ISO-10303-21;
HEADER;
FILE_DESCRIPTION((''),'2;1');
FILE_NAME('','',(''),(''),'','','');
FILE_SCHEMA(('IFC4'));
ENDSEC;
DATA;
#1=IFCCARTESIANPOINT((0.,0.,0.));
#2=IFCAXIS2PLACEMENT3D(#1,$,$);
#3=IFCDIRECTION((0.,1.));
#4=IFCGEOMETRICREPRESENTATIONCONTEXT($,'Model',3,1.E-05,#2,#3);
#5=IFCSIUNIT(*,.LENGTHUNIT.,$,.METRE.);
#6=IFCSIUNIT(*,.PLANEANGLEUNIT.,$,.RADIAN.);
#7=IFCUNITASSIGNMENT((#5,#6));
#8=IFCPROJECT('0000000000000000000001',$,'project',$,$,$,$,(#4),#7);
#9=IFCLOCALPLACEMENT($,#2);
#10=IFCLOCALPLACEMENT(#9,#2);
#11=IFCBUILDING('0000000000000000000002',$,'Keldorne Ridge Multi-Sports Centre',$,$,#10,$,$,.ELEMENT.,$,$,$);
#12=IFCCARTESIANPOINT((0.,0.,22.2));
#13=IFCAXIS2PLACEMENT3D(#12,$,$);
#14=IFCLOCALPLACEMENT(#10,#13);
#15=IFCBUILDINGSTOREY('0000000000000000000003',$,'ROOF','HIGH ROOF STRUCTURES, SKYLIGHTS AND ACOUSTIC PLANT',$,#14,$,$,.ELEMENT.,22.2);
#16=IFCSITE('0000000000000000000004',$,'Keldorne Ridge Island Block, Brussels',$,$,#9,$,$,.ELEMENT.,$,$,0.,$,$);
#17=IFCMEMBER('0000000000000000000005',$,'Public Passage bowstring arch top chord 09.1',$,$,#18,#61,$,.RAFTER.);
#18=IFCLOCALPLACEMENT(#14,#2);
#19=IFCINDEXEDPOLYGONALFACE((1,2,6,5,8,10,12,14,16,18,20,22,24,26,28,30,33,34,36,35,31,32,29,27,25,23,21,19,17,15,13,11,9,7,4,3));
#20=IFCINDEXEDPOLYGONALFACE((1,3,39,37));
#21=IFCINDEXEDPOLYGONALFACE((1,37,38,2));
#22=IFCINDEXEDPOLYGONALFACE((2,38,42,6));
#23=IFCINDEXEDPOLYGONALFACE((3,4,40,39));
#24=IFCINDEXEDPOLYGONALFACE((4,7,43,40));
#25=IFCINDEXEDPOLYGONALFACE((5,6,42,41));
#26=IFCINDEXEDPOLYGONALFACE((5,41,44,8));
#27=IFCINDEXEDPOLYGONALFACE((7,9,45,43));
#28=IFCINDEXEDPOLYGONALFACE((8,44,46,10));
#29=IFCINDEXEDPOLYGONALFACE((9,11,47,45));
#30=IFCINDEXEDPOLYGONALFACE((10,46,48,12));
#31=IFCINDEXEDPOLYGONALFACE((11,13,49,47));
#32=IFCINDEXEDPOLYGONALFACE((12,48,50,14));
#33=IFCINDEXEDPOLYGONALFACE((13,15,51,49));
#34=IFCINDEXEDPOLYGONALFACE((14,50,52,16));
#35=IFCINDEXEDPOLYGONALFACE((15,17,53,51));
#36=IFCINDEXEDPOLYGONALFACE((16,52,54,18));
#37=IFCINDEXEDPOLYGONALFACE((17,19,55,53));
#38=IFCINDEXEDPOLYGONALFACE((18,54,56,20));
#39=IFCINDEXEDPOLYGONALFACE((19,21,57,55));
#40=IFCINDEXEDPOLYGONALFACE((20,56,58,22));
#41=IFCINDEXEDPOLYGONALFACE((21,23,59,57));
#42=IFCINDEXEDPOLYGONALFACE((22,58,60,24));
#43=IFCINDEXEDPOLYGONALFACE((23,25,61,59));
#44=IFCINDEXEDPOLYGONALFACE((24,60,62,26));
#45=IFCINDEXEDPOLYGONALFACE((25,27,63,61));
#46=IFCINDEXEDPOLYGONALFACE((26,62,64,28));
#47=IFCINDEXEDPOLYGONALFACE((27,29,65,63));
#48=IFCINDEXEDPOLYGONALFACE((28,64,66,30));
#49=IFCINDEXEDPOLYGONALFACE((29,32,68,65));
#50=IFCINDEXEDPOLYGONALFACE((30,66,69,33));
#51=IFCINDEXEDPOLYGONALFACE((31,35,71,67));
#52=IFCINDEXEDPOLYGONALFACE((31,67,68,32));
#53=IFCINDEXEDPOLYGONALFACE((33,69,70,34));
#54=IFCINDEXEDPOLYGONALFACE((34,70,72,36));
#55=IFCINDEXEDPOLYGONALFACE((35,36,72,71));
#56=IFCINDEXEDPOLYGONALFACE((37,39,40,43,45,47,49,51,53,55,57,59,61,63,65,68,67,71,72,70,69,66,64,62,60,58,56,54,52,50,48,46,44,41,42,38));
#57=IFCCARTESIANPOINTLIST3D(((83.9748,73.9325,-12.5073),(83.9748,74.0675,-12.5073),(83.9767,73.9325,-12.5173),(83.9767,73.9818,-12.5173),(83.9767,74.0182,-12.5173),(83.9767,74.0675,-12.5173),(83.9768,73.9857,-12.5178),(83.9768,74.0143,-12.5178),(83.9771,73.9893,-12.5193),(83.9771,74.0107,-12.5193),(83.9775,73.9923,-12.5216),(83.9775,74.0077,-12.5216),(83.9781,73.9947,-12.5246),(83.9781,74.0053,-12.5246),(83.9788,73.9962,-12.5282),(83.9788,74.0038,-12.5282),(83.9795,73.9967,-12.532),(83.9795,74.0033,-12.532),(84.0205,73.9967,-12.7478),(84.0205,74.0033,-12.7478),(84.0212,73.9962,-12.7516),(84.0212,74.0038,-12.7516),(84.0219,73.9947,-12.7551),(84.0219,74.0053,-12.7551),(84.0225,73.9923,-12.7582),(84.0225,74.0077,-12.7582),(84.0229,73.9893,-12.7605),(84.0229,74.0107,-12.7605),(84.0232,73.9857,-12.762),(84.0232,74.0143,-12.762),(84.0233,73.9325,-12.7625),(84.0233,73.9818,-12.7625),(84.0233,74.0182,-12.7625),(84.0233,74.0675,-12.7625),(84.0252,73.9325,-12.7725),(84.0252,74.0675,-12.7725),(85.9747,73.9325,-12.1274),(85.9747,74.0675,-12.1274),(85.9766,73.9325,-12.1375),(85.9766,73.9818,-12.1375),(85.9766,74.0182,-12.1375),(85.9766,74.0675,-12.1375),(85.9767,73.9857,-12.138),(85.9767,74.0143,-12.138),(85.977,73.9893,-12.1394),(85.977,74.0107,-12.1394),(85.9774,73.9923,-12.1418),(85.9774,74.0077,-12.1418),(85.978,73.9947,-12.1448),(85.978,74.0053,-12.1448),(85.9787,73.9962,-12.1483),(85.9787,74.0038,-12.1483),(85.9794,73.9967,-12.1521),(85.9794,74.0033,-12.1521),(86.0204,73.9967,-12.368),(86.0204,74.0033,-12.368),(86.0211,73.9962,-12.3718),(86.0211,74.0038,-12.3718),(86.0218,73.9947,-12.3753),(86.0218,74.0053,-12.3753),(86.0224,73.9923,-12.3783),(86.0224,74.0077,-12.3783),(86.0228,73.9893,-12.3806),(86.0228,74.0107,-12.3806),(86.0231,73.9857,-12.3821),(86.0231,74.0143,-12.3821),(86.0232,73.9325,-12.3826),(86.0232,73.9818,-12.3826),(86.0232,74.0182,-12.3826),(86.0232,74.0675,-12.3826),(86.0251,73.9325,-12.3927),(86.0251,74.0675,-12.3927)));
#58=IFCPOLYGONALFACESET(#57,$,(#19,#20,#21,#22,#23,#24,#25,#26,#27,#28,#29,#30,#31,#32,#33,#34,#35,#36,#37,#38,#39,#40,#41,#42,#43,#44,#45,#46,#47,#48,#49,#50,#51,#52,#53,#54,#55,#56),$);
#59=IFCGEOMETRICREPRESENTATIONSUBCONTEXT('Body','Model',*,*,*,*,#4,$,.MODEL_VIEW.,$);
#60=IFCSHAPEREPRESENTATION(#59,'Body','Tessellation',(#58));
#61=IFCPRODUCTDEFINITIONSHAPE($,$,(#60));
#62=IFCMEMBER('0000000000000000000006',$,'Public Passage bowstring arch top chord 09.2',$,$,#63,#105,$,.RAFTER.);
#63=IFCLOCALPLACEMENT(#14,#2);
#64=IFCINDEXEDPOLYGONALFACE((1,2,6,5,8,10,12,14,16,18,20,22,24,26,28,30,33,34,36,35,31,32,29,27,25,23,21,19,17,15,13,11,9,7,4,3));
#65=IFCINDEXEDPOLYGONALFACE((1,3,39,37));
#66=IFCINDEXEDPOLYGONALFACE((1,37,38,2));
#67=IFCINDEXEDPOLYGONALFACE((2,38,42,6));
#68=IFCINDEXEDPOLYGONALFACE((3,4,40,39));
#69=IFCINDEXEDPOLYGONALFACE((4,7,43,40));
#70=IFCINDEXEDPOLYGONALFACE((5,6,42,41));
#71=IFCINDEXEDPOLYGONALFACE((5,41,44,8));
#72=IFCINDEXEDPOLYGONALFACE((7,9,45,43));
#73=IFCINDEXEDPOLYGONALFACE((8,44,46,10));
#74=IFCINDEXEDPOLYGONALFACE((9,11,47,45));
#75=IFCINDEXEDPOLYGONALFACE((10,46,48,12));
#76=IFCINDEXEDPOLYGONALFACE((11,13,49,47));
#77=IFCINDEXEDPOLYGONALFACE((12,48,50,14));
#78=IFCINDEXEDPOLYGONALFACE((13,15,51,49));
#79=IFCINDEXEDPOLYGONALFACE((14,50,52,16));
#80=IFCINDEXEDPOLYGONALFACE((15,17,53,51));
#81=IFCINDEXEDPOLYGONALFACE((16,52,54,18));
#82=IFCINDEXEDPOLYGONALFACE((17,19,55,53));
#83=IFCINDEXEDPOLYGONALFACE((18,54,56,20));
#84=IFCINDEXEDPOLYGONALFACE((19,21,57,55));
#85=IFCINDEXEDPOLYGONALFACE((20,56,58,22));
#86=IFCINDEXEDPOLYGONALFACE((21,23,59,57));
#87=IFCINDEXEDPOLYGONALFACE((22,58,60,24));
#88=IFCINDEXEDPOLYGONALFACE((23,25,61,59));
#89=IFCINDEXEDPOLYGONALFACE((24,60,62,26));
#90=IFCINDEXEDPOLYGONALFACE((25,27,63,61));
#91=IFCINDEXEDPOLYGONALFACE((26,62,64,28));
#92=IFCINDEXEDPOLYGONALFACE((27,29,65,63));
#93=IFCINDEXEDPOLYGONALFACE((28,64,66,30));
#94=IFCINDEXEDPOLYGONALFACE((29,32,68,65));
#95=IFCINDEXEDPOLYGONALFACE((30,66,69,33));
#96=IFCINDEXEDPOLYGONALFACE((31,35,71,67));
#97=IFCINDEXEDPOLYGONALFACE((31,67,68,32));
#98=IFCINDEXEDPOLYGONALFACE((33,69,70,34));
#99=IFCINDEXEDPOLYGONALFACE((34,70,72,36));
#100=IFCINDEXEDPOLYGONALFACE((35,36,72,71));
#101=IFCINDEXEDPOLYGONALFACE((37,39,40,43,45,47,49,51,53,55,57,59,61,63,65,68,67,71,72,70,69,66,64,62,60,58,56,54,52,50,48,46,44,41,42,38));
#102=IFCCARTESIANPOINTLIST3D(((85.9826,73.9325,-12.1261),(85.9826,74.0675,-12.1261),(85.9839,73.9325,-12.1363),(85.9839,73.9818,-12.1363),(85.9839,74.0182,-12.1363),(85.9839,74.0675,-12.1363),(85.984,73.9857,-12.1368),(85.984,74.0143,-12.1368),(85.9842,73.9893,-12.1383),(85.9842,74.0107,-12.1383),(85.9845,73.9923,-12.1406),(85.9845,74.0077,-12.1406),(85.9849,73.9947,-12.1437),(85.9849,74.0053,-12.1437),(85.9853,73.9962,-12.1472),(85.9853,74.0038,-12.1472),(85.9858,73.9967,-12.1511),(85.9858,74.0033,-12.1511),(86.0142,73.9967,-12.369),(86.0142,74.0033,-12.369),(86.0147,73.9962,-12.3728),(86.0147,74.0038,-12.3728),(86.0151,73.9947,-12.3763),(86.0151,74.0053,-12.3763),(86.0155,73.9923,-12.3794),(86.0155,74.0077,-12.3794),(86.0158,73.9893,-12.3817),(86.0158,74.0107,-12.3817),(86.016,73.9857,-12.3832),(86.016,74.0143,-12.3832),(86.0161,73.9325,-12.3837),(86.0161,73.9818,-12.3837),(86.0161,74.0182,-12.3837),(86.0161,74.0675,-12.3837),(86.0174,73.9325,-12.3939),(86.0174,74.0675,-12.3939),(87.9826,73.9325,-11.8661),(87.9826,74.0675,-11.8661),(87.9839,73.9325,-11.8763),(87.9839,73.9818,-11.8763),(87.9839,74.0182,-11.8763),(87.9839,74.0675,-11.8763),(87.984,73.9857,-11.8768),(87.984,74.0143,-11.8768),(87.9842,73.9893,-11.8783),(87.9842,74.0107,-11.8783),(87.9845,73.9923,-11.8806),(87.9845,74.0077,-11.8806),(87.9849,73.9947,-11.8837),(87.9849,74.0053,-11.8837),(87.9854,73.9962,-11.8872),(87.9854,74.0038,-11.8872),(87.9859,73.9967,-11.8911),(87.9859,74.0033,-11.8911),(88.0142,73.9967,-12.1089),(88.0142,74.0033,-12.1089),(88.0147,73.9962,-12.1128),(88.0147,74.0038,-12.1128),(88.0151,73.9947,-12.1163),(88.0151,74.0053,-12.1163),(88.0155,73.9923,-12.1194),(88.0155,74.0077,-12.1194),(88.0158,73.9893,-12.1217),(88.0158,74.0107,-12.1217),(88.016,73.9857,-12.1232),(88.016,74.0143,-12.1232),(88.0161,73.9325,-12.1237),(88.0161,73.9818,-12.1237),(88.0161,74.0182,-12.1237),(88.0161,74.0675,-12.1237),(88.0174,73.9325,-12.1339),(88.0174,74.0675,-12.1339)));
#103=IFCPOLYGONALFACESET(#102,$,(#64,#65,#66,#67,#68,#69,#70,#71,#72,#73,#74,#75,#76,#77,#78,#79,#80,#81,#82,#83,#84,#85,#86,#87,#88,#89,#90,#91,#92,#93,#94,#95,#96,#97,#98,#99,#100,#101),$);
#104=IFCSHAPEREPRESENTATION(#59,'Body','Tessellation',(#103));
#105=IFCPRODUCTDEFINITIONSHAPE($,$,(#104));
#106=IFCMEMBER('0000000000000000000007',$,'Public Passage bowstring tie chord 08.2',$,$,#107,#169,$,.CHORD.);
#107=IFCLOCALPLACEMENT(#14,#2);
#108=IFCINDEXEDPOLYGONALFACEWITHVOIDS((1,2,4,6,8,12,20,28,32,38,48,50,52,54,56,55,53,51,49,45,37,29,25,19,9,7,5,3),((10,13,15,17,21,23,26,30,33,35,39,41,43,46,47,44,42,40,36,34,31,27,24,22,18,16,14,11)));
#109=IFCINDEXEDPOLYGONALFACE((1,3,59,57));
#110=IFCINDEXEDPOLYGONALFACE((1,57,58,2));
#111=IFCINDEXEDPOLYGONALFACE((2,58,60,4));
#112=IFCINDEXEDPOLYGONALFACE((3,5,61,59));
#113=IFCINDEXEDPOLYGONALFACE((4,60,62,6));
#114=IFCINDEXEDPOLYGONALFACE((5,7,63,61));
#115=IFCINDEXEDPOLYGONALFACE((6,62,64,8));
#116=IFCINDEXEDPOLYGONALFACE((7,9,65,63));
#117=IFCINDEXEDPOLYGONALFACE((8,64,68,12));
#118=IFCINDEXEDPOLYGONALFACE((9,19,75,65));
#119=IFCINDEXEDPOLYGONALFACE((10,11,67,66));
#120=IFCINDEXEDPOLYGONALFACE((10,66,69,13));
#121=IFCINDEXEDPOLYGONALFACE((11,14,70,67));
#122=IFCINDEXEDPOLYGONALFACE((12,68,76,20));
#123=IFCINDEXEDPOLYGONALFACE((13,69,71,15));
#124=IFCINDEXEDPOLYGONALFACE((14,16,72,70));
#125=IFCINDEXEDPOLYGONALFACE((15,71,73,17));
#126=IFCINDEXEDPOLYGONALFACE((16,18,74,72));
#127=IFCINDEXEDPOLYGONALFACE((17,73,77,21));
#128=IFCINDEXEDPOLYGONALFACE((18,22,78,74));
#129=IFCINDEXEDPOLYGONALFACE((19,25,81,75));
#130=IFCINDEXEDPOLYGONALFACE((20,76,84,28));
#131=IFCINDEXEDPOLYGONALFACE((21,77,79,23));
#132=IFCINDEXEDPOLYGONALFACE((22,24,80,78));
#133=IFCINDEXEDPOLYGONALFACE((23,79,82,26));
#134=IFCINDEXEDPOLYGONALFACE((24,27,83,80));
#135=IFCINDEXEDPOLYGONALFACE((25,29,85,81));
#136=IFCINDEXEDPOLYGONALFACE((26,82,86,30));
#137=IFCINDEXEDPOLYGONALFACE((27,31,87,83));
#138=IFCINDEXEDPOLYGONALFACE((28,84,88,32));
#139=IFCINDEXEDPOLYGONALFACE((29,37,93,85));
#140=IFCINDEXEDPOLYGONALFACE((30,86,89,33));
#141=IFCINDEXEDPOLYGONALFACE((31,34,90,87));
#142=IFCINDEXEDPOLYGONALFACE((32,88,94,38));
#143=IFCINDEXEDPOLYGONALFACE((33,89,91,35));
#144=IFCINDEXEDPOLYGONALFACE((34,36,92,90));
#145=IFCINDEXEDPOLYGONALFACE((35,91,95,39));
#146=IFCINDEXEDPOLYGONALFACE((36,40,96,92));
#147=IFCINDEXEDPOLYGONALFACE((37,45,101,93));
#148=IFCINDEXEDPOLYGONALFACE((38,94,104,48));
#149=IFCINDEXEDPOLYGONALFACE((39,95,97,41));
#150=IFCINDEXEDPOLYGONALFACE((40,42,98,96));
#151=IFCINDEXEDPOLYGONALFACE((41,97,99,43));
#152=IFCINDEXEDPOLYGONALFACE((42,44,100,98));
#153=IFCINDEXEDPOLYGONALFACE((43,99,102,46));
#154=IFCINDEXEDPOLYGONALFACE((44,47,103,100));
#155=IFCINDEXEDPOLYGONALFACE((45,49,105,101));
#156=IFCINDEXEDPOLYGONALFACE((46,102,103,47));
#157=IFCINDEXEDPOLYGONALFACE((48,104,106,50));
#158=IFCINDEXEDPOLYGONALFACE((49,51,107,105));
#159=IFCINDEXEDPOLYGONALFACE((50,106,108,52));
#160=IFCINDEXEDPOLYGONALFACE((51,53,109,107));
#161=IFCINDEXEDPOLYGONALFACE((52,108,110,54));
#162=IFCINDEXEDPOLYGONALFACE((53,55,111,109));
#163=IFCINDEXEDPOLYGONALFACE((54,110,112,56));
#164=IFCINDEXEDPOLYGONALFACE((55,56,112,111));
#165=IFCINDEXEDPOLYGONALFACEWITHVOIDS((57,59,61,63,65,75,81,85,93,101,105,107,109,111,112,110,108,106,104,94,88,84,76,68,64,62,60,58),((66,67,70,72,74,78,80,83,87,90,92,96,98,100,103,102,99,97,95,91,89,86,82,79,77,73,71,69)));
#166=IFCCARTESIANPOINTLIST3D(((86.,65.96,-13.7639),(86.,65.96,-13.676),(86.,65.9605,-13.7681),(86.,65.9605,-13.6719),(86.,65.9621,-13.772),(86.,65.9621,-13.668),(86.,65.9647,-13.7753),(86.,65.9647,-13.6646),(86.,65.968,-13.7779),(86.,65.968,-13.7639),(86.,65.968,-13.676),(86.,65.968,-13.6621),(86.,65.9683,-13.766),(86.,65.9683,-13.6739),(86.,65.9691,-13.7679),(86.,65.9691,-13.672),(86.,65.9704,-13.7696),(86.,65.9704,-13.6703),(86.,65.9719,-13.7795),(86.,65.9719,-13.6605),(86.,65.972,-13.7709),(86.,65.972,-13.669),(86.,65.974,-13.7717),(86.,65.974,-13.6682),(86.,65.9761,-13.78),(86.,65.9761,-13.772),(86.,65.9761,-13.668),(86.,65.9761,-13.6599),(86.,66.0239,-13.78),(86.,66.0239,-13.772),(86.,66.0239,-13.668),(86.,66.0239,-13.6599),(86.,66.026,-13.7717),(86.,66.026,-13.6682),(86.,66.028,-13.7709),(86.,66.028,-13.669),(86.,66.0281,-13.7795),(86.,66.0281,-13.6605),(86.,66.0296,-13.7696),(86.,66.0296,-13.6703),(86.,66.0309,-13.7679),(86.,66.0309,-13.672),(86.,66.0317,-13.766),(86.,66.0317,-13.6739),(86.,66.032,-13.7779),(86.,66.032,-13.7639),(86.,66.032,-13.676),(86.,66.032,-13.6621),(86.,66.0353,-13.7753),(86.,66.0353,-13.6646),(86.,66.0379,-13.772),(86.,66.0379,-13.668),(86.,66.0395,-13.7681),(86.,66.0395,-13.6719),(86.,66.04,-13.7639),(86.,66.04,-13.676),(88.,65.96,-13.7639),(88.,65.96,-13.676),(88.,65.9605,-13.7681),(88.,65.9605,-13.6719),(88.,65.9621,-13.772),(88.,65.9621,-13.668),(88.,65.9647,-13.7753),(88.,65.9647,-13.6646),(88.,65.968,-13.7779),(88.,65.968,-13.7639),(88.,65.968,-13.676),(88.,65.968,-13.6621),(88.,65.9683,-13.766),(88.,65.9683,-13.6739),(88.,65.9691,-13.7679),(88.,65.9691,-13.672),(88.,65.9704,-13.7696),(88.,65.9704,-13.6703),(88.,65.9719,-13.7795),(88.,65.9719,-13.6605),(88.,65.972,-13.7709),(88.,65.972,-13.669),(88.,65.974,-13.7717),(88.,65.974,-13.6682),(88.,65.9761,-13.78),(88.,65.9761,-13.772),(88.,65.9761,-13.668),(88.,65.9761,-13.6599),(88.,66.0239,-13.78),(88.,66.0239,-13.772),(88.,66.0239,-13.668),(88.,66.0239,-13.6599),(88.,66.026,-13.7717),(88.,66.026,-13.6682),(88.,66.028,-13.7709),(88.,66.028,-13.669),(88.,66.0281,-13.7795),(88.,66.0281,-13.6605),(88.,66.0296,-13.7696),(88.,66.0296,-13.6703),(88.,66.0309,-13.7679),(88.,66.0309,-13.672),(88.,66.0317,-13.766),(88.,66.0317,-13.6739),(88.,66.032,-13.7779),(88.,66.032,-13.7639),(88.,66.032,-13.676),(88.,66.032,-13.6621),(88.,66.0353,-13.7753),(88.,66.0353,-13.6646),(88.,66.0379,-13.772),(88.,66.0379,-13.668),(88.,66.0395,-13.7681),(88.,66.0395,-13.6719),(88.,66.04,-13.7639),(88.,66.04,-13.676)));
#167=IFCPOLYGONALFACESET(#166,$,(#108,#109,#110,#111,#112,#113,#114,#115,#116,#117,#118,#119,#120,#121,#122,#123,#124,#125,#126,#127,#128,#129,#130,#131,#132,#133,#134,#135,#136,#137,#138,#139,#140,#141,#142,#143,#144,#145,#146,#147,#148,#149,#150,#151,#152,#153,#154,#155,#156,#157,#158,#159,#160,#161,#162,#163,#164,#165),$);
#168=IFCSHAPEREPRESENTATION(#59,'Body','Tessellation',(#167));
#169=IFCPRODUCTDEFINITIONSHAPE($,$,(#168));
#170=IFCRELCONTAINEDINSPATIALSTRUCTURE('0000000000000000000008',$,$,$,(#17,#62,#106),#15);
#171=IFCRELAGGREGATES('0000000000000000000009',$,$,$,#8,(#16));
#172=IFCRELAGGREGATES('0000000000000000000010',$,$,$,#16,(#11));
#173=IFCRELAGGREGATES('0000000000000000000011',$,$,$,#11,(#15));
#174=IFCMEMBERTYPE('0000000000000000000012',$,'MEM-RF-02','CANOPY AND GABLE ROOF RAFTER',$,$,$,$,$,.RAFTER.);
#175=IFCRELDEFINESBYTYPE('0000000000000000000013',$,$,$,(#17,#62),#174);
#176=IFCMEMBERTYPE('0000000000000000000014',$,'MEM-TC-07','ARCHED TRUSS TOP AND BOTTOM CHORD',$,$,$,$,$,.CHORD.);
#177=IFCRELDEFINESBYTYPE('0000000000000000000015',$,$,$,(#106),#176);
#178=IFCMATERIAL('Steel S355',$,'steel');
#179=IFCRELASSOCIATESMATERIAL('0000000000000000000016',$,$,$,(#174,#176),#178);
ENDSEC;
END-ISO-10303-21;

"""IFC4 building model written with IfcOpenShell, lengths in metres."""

from ifc_helpers import new_model, si_unit, direction, frame, origin, origin_2d, place, context, subcontext, project, spatial, hollow_rectangle, i_section, extrude, material, material_profile, profile_set, type_object, element, save


model = new_model("IFC4")

# Units and contexts
model_context = context("Model", 3, precision=1e-05, world=origin(), true_north=direction((0.0, 1.0)))
body_context = subcontext(model_context, "Body", "Model", "MODEL_VIEW")
ifc_project = project(units=[si_unit("LENGTHUNIT", "METRE"), si_unit("PLANEANGLEUNIT", "RADIAN")], contexts=[model_context])

# Site, building, storey
site_placement = place(None, origin())
site = spatial("IfcSite", under=ifc_project, at=site_placement, Name="Keldorne Ridge Island Block, Brussels", CompositionType="ELEMENT", RefElevation=0.0)
building_placement = place(site_placement, origin())
building = spatial("IfcBuilding", under=site, at=building_placement, Name="Keldorne Ridge Multi-Sports Centre", CompositionType="ELEMENT")
storey_placement = place(building_placement, frame((0.0, 0.0, 22.2)))
storey = spatial("IfcBuildingStorey", under=building, at=storey_placement, Name="ROOF", Description="HIGH ROOF STRUCTURES, SKYLIGHTS AND ACOUSTIC PLANT", CompositionType="ELEMENT", Elevation=22.2)

# Members
ifc_material = material(Name="Steel S355", Category="steel")
ifc_material_profile_1 = material_profile(ifc_material, i_section(OverallWidth=0.135, OverallDepth=0.27, WebThickness=0.0066, FlangeThickness=0.0103, FilletRadius=0.0149, at=origin_2d()), Name="IPE 270")
ifc_profile_set_1 = profile_set([ifc_material_profile_1], Name="Steel S355")
member_type_1 = type_object("IfcMemberType", Name="MEM-RF-02", Description="CANOPY AND GABLE ROOF RAFTER", PredefinedType="RAFTER", material=ifc_profile_set_1)
for number, where, z_axis, x_axis, name in (
    (1, (84.0, 74.0, -12.6399), (0.982435, 0.0, 0.186605), (0.0, 1.0, 0.0), "Public Passage bowstring arch top chord 09.1"),
):
    element("IfcMember", number, at=place(storey_placement, frame(where, z_axis=z_axis, x_axis=x_axis)), inside=storey, type_object=member_type_1, Name=name, PredefinedType="RAFTER", context=body_context, shape_type="SweptSolid", body=[
        extrude(i_section(OverallWidth=0.135, OverallDepth=0.27, WebThickness=0.0066, FlangeThickness=0.0103, FilletRadius=0.0149, at=origin_2d()), origin(), (0.0, 0.0, 1.0), 2.0356),
    ])
member_1_placement = place(storey_placement, frame((86.0, 74.0, -12.26), z_axis=(0.991655, 0.0, 0.12892), x_axis=(0.0, 1.0, 0.0)))
element("IfcMember", 2, at=member_1_placement, inside=storey, type_object=member_type_1, Name="Public Passage bowstring arch top chord 09.2", PredefinedType="RAFTER", context=body_context, shape_type="SweptSolid", body=[
    extrude(i_section(OverallWidth=0.135, OverallDepth=0.27, WebThickness=0.0066, FlangeThickness=0.0103, FilletRadius=0.0149, at=origin_2d()), origin(), (0.0, 0.0, 1.0), 2.0168),
])
ifc_material_profile_2 = material_profile(ifc_material, hollow_rectangle(XDim=0.0801, YDim=0.1201, WallThickness=0.0081, InnerFilletRadius=0.0081, OuterFilletRadius=0.0161, at=origin_2d()), Name="RHS 120x80x8")
ifc_profile_set_2 = profile_set([ifc_material_profile_2], Name="Steel S355")
member_type_2 = type_object("IfcMemberType", Name="MEM-TC-07", Description="ARCHED TRUSS TOP AND BOTTOM CHORD", PredefinedType="CHORD", material=ifc_profile_set_2)
for number, where, z_axis, x_axis, name in (
    (3, (86.0, 66.0, -13.72), (1.0, 0.0, 0.0), (0.0, 1.0, 0.0), "Public Passage bowstring tie chord 08.2"),
):
    element("IfcMember", number, at=place(storey_placement, frame(where, z_axis=z_axis, x_axis=x_axis)), inside=storey, type_object=member_type_2, Name=name, PredefinedType="CHORD", context=body_context, shape_type="SweptSolid", body=[
        extrude(hollow_rectangle(XDim=0.0801, YDim=0.1201, WallThickness=0.0081, InnerFilletRadius=0.0081, OuterFilletRadius=0.0161, at=origin_2d()), origin(), (0.0, 0.0, 1.0), 2.0),
    ])

save(model, "model.ifc")
